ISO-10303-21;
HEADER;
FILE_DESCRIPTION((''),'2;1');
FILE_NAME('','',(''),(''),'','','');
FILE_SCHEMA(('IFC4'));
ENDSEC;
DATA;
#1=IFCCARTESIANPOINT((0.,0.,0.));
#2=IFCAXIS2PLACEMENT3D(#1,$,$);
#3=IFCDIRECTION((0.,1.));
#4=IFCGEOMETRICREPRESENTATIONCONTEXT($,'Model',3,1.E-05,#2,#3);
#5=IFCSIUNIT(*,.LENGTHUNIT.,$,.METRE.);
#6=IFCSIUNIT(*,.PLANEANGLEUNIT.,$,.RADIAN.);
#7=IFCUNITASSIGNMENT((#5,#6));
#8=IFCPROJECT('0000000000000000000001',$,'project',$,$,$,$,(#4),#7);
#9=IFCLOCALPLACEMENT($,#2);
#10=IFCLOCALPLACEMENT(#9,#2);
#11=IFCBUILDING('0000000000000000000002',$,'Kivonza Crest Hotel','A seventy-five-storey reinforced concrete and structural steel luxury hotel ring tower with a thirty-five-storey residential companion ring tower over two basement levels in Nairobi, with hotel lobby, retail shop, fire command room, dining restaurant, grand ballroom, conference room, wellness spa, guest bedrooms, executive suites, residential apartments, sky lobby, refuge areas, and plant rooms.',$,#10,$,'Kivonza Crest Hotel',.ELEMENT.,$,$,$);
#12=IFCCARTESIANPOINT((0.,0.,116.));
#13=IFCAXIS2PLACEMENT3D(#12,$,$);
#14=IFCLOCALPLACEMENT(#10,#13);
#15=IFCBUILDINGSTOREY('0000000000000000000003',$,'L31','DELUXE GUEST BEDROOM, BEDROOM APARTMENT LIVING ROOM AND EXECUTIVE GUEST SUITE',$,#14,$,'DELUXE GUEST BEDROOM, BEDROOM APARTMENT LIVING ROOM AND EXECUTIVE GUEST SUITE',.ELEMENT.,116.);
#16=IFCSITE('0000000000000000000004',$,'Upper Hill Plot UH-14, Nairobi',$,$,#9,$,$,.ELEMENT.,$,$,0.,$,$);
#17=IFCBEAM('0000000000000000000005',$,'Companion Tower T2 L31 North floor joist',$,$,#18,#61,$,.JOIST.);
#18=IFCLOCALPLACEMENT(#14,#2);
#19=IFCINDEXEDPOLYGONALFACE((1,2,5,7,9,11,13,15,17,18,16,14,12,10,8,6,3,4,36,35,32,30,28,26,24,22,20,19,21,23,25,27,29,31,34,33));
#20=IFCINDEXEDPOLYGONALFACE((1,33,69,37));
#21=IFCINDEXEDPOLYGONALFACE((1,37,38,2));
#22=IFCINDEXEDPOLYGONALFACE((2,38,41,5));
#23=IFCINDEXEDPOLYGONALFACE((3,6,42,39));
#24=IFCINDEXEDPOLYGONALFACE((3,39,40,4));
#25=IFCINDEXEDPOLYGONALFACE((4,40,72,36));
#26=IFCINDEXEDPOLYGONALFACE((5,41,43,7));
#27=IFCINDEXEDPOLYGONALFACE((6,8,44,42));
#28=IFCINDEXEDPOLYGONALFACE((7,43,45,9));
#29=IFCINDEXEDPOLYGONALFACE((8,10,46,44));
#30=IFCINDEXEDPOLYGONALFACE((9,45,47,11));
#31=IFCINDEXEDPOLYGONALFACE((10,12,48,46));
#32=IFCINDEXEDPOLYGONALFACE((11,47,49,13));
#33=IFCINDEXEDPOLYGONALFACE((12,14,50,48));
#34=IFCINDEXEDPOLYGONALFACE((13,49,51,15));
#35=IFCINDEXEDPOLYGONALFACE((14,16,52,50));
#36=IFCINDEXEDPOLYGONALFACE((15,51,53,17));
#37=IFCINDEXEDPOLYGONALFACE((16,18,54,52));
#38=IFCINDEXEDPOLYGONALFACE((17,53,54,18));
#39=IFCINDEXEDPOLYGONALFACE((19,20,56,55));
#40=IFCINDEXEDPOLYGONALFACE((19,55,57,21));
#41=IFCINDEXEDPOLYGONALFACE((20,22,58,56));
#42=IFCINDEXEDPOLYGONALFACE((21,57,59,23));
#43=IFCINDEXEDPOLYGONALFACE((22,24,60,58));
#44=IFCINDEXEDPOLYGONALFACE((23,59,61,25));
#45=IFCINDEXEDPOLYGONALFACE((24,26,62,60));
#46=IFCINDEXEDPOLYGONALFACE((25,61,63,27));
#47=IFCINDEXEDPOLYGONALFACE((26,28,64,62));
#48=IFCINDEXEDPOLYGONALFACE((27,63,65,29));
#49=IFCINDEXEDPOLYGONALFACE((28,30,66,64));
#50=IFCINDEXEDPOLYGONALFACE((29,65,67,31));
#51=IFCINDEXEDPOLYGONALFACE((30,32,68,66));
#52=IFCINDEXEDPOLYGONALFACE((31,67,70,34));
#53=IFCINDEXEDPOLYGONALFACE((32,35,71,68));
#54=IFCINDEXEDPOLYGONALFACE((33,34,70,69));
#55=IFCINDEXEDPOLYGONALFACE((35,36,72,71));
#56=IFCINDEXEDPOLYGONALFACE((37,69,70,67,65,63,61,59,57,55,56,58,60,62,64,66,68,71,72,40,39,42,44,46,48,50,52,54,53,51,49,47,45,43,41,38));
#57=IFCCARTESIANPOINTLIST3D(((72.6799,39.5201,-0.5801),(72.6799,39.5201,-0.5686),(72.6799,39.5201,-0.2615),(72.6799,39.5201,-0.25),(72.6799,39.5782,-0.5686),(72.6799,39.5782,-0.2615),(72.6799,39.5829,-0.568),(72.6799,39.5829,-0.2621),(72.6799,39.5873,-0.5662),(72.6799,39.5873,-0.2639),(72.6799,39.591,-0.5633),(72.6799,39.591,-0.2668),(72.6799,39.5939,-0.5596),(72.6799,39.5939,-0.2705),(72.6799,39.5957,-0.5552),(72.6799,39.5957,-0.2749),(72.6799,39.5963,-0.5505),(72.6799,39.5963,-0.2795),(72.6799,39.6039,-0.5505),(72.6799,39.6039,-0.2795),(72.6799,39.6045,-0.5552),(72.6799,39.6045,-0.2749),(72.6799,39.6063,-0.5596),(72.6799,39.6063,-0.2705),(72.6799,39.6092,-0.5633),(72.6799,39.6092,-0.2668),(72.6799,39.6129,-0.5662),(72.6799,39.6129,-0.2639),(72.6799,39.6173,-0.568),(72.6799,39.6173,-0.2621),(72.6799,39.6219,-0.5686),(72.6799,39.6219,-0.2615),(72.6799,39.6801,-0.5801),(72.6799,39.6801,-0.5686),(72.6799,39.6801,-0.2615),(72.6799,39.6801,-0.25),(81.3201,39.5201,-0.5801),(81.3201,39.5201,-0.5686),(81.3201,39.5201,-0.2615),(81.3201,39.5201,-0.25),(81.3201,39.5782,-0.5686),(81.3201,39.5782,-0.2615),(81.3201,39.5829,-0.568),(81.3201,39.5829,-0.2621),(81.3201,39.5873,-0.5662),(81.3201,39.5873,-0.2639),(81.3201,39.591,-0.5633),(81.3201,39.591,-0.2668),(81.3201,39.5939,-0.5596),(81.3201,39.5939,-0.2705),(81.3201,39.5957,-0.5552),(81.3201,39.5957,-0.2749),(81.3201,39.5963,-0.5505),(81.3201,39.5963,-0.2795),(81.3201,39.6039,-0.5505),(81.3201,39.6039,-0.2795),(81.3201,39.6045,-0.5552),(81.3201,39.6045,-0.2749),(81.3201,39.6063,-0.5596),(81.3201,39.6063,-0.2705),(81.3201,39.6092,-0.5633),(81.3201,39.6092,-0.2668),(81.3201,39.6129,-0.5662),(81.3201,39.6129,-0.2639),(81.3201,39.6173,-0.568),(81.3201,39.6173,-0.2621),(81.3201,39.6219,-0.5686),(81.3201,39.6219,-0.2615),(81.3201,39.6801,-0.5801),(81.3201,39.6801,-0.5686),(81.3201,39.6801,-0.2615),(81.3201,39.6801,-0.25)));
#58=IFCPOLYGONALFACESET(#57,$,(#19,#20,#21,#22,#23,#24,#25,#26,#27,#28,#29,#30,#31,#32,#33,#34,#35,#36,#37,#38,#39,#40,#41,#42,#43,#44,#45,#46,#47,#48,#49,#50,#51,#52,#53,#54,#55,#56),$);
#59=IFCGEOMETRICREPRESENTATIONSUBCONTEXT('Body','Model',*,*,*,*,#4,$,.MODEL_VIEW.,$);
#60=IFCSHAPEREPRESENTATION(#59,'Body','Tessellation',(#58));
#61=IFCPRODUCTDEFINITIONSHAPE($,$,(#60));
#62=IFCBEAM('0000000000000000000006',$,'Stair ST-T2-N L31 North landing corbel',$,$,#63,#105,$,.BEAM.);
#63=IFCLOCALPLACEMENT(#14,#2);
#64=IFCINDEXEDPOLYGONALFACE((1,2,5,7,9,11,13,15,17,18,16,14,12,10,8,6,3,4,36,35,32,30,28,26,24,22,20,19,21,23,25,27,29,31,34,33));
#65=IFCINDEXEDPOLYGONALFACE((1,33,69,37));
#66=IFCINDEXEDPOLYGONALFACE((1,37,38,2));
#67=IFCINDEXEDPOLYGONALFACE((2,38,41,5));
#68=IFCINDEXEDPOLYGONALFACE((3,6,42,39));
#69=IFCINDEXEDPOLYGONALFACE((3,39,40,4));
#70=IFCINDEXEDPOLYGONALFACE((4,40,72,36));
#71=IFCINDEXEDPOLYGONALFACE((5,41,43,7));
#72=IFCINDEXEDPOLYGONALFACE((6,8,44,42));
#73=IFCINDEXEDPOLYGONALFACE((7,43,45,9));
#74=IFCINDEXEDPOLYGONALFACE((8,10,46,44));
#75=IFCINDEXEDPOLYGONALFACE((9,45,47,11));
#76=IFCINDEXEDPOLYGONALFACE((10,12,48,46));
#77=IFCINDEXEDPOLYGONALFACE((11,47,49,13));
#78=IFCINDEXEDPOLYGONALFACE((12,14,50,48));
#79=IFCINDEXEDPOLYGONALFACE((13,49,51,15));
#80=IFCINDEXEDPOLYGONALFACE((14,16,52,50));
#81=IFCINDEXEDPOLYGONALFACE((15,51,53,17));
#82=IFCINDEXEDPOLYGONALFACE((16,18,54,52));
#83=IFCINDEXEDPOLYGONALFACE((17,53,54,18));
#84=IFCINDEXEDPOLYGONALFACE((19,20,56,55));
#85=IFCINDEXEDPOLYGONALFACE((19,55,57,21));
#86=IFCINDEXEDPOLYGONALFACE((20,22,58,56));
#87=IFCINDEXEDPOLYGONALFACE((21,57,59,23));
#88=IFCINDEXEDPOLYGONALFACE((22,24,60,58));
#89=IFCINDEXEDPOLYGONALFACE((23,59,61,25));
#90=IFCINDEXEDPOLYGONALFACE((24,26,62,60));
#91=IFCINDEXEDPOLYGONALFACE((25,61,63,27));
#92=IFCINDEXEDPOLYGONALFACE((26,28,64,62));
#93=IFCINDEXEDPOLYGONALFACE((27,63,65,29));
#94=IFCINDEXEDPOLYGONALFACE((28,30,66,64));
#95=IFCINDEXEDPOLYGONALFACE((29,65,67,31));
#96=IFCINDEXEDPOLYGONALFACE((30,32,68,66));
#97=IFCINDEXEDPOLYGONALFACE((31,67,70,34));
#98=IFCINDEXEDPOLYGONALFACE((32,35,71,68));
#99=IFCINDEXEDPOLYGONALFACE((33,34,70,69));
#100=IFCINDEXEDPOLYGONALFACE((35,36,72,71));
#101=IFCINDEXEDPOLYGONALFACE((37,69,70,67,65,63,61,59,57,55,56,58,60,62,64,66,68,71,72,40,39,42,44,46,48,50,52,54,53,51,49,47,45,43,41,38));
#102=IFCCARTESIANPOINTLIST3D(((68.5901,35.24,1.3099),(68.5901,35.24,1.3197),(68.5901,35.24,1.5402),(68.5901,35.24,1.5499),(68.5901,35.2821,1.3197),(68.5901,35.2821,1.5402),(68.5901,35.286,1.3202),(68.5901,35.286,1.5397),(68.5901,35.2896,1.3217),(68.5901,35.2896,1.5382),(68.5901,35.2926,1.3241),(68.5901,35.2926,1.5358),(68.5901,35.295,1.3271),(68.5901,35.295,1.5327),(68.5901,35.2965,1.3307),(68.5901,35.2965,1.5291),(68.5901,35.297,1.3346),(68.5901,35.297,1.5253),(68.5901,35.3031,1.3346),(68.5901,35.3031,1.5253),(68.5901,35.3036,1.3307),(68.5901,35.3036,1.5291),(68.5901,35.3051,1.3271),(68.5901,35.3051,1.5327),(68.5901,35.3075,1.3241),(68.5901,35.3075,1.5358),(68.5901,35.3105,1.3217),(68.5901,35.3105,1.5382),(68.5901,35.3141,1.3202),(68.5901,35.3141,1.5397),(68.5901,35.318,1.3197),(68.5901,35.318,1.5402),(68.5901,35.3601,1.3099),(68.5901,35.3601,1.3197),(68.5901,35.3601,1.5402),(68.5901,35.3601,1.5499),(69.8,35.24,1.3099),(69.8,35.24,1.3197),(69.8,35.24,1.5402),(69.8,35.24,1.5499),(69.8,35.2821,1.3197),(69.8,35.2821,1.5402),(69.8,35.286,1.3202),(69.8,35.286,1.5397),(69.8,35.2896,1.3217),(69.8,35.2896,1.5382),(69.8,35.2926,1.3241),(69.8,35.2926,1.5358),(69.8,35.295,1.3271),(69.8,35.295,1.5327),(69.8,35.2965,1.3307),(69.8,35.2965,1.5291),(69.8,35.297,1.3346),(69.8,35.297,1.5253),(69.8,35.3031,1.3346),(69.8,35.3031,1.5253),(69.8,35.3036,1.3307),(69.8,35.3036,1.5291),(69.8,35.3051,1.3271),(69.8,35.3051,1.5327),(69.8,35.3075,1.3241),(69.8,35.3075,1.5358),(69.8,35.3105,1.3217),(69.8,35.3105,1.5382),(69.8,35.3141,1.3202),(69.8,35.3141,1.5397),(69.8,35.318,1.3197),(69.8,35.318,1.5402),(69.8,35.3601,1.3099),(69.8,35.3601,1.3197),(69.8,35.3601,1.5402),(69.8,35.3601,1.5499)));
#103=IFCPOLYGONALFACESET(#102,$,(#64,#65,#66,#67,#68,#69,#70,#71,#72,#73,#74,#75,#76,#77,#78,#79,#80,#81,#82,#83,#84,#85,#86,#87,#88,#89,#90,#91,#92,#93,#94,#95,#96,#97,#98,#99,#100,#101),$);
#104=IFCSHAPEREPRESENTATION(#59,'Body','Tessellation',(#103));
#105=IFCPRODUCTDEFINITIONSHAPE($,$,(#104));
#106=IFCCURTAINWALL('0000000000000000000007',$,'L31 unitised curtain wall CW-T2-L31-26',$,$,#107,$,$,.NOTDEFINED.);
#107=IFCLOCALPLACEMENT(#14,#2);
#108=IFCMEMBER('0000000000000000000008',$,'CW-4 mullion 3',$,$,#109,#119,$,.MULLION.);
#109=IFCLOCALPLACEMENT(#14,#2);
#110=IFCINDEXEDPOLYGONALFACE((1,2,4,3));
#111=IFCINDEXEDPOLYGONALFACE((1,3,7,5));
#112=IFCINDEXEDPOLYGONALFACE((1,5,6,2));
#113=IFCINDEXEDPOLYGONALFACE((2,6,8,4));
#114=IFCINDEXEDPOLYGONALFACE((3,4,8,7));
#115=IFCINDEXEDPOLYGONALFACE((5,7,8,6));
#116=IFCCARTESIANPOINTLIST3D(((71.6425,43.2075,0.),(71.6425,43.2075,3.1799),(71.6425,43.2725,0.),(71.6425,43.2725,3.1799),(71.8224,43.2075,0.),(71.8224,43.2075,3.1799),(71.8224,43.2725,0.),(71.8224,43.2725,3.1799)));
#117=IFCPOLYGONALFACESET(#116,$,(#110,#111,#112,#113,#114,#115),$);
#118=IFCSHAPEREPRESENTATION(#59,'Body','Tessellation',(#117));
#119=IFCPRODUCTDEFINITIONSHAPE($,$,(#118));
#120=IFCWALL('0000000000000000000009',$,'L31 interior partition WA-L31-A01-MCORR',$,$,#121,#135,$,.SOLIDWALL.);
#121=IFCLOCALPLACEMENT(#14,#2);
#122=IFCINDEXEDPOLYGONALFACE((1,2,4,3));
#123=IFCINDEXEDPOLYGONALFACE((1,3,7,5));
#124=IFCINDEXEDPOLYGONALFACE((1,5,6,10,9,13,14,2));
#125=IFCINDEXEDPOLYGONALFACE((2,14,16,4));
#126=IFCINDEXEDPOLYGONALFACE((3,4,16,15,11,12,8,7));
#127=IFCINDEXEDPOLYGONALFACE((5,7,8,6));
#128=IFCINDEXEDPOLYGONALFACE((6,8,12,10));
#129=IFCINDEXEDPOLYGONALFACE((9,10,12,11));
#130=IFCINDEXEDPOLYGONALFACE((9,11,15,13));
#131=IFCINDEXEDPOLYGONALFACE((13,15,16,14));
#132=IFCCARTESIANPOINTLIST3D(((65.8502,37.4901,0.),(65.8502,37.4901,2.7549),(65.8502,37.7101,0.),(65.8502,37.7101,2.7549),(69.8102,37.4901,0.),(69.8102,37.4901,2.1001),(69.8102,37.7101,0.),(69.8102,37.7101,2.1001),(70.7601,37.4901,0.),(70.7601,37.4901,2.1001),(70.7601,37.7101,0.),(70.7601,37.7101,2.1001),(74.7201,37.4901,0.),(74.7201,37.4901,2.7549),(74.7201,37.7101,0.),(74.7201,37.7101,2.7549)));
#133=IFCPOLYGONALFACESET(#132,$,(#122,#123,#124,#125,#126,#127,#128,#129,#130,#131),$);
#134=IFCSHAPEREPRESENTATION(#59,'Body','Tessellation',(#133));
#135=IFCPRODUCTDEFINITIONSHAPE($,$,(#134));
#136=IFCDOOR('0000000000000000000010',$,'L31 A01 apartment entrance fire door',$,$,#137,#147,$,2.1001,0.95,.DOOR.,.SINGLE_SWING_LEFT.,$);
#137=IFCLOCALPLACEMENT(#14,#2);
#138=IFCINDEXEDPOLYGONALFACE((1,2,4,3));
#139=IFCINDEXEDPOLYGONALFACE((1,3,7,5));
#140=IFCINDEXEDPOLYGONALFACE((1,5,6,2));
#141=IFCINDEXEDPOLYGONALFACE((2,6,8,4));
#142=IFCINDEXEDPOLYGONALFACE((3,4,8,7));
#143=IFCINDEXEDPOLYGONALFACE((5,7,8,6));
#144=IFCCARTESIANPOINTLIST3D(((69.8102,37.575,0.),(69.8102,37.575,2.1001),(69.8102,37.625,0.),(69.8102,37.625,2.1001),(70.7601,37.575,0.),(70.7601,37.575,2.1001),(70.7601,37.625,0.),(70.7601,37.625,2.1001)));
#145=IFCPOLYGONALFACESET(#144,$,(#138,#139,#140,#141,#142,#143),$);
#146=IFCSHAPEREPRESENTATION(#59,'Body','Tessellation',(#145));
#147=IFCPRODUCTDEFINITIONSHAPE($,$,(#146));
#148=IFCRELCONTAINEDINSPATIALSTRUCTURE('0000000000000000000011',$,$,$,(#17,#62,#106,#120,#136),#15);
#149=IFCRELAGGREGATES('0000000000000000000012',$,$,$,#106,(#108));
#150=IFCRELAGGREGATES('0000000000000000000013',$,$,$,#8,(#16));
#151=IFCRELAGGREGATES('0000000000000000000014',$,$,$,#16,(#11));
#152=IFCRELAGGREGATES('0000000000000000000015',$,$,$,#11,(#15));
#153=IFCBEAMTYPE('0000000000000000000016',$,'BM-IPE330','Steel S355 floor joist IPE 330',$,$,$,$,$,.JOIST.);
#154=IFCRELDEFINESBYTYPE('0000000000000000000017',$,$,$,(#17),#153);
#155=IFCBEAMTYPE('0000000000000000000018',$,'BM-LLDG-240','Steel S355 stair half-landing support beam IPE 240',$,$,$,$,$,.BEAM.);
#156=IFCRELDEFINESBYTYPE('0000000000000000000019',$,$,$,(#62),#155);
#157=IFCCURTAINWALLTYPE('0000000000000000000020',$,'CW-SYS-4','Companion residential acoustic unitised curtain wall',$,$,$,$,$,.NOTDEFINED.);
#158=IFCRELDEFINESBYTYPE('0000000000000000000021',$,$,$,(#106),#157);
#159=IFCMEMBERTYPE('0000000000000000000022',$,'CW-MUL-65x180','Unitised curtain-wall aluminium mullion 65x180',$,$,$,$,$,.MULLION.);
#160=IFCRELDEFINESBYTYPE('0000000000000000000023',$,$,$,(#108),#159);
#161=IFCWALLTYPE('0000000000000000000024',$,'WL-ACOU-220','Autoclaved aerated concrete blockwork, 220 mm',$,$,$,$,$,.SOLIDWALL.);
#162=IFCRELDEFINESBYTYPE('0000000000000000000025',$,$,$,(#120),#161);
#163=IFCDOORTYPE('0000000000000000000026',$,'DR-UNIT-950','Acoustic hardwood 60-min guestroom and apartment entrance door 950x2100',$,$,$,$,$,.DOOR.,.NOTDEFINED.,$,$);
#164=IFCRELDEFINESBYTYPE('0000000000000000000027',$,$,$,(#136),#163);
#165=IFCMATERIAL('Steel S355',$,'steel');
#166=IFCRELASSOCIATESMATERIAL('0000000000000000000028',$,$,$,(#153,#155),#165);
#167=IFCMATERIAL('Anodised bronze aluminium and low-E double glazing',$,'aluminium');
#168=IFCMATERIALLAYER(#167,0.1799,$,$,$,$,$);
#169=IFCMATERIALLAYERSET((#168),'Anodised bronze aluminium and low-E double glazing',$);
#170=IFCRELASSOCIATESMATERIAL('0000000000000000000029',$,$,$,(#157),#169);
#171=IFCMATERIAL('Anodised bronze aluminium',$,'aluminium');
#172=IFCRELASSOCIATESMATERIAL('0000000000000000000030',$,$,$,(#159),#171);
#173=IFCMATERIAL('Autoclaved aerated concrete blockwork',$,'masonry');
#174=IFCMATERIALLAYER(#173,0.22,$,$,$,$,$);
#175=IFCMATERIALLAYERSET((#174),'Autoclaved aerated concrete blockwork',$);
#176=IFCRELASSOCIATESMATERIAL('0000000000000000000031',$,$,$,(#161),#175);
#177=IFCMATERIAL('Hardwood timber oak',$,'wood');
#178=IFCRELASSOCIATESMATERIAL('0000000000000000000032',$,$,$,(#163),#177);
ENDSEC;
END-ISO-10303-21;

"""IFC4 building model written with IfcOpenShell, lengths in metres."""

from ifc_helpers import new_model, si_unit, direction, frame, frame_2d, origin, origin_2d, place, context, subcontext, project, spatial, rectangle, i_section, extrude, material, layer, layer_set, material_profile, profile_set, type_object, element, fill, aggregate, save


model = new_model("IFC4")

# Units and contexts
model_context = context("Model", 3, precision=1e-05, world=origin(), true_north=direction((0.0, 1.0)))
body_context = subcontext(model_context, "Body", "Model", "MODEL_VIEW")
ifc_project = project(units=[si_unit("LENGTHUNIT", "METRE"), si_unit("PLANEANGLEUNIT", "RADIAN")], contexts=[model_context])

# Site, building, storey
site_placement = place(None, origin())
site = spatial("IfcSite", under=ifc_project, at=site_placement, Name="Upper Hill Plot UH-14, Nairobi", CompositionType="ELEMENT", RefElevation=0.0)
building_placement = place(site_placement, origin())
building = spatial("IfcBuilding", under=site, at=building_placement, Name="Kivonza Crest Hotel", Description="A seventy-five-storey reinforced concrete and structural steel luxury hotel ring tower with a thirty-five-storey residential companion ring tower over two basement levels in Nairobi, with hotel lobby, retail shop, fire command room, dining restaurant, grand ballroom, conference room, wellness spa, guest bedrooms, executive suites, residential apartments, sky lobby, refuge areas, and plant rooms.", LongName="Kivonza Crest Hotel", CompositionType="ELEMENT")
storey_placement = place(building_placement, frame((0.0, 0.0, 116.0)))
storey = spatial("IfcBuildingStorey", under=building, at=storey_placement, Name="L31", Description="DELUXE GUEST BEDROOM, BEDROOM APARTMENT LIVING ROOM AND EXECUTIVE GUEST SUITE", LongName="DELUXE GUEST BEDROOM, BEDROOM APARTMENT LIVING ROOM AND EXECUTIVE GUEST SUITE", CompositionType="ELEMENT", Elevation=116.0)

# Beams
ifc_material_1 = material(Name="Steel S355", Category="steel")
ifc_material_profile_1 = material_profile(ifc_material_1, i_section(OverallWidth=0.1599, OverallDepth=0.3301, WebThickness=0.0076, FlangeThickness=0.0115, FilletRadius=0.0181, at=origin_2d()), Name="IPE 330")
ifc_profile_set_1 = profile_set([ifc_material_profile_1], Name="Steel S355")
beam_type_1 = type_object("IfcBeamType", Name="BM-IPE330", Description="Steel S355 floor joist IPE 330", PredefinedType="JOIST", material=ifc_profile_set_1)
beam_1_placement = place(storey_placement, frame((72.6799, 39.6001, -0.415), z_axis=(1.0, 0.0, 0.0), x_axis=(0.0, 1.0, 0.0)))
element("IfcBeam", 1, at=beam_1_placement, inside=storey, type_object=beam_type_1, Name="Companion Tower T2 L31 North floor joist", PredefinedType="JOIST", context=body_context, shape_type="SweptSolid", body=[
    extrude(i_section(OverallWidth=0.1599, OverallDepth=0.3301, WebThickness=0.0076, FlangeThickness=0.0115, FilletRadius=0.0181, at=origin_2d()), origin(), (0.0, 0.0, 1.0), 8.6401),
])
ifc_material_profile_2 = material_profile(ifc_material_1, i_section(OverallWidth=0.1201, OverallDepth=0.24, WebThickness=0.0061, FlangeThickness=0.0098, FilletRadius=0.0149, at=origin_2d()), Name="IPE 240")
ifc_profile_set_2 = profile_set([ifc_material_profile_2], Name="Steel S355")
beam_type_2 = type_object("IfcBeamType", Name="BM-LLDG-240", Description="Steel S355 stair half-landing support beam IPE 240", PredefinedType="BEAM", material=ifc_profile_set_2)
beam_2_placement = place(storey_placement, frame((68.5901, 35.3, 1.4299), z_axis=(1.0, 0.0, 0.0), x_axis=(0.0, 1.0, 0.0)))
element("IfcBeam", 2, at=beam_2_placement, inside=storey, type_object=beam_type_2, Name="Stair ST-T2-N L31 North landing corbel", PredefinedType="BEAM", context=body_context, shape_type="SweptSolid", body=[
    extrude(i_section(OverallWidth=0.1201, OverallDepth=0.24, WebThickness=0.0061, FlangeThickness=0.0098, FilletRadius=0.0149, at=origin_2d()), origin(), (0.0, 0.0, 1.0), 1.21),
])

# Curtain wall, member
ifc_material_2 = material(Name="Anodised bronze aluminium and low-E double glazing", Category="aluminium")
ifc_layer_1 = layer(ifc_material_2, 0.1799)
ifc_layer_set_1 = layer_set([ifc_layer_1], Name="Anodised bronze aluminium and low-E double glazing")
curtain_wall_type = type_object("IfcCurtainWallType", Name="CW-SYS-4", Description="Companion residential acoustic unitised curtain wall", PredefinedType="NOTDEFINED", material=ifc_layer_set_1)
curtain_wall_placement = place(storey_placement, origin())
curtain_wall = element("IfcCurtainWall", 3, at=curtain_wall_placement, inside=storey, type_object=curtain_wall_type, Name="L31 unitised curtain wall CW-T2-L31-26", PredefinedType="NOTDEFINED")
ifc_material_3 = material(Name="Anodised bronze aluminium", Category="aluminium")
ifc_material_profile_3 = material_profile(ifc_material_3, rectangle(XDim=0.0649, YDim=0.1799, at=origin_2d()), Name="CW-M 65x180")
ifc_profile_set_3 = profile_set([ifc_material_profile_3], Name="Anodised bronze aluminium")
member_type = type_object("IfcMemberType", Name="CW-MUL-65x180", Description="Unitised curtain-wall aluminium mullion 65x180", PredefinedType="MULLION", material=ifc_profile_set_3)
member_placement = place(storey_placement, frame((71.7324, 43.24, 0.0), z_axis=(0.0, 0.0, 1.0), x_axis=(0.0, -1.0, 0.0)))
member = element("IfcMember", 4, at=member_placement, type_object=member_type, Name="CW-4 mullion 3", PredefinedType="MULLION", context=body_context, shape_type="SweptSolid", body=[
    extrude(rectangle(XDim=0.0649, YDim=0.1799, at=origin_2d()), origin(), (0.0, 0.0, 1.0), 3.1799),
])
aggregate(curtain_wall, [member])

# Wall, opening, door
ifc_material_4 = material(Name="Autoclaved aerated concrete blockwork", Category="masonry")
ifc_layer_2 = layer(ifc_material_4, 0.22)
ifc_layer_set_2 = layer_set([ifc_layer_2], Name="Autoclaved aerated concrete blockwork")
wall_type_1 = type_object("IfcWallType", Name="WL-ACOU-220", Description="Autoclaved aerated concrete blockwork, 220 mm", PredefinedType="SOLIDWALL", material=ifc_layer_set_2)
wall_1_placement = place(storey_placement, frame((65.8501, 37.6001, 0.0), z_axis=(0.0, 0.0, 1.0), x_axis=(1.0, 0.0, 0.0)))
wall_1 = element("IfcWall", 5, at=wall_1_placement, inside=storey, type_object=wall_type_1, Name="L31 interior partition WA-L31-A01-MCORR", PredefinedType="SOLIDWALL", context=body_context, shape_type="SweptSolid", body=[
    extrude(rectangle(XDim=8.8699, YDim=0.22, at=frame_2d((4.4351, 0.0))), origin(), (0.0, 0.0, 1.0), 2.7549),
])
opening_1_placement = place(wall_1_placement, frame((3.96, 0.0, 0.0)))
opening_1 = element("IfcOpeningElement", 6, at=opening_1_placement, cuts=wall_1, PredefinedType="OPENING", context=body_context, shape_type="SweptSolid", body=[
    extrude(rectangle(XDim=0.95, YDim=2.1001, at=frame_2d((0.4751, 1.05))), frame((0.0, 0.1201, 0.0), z_axis=(0.0, -1.0, 0.0), x_axis=(1.0, 0.0, 0.0)), (0.0, 0.0, 1.0), 0.24),
])
ifc_material_5 = material(Name="Hardwood timber oak", Category="wood")
door_type_1 = type_object("IfcDoorType", Name="DR-UNIT-950", Description="Acoustic hardwood 60-min guestroom and apartment entrance door 950x2100", OperationType="NOTDEFINED", PredefinedType="DOOR", material=ifc_material_5)
door_1_placement = place(opening_1_placement, origin())
door_1 = element("IfcDoor", 7, at=door_1_placement, inside=storey, type_object=door_type_1, Name="L31 A01 apartment entrance fire door", OperationType="SINGLE_SWING_LEFT", OverallHeight=2.1001, OverallWidth=0.95, PredefinedType="DOOR", context=body_context, shape_type="SweptSolid", body=[
    extrude(rectangle(XDim=0.95, YDim=2.1001, at=frame_2d((0.4751, 1.05))), frame((0.0, 0.0249, 0.0), z_axis=(0.0, -1.0, 0.0), x_axis=(1.0, 0.0, 0.0)), (0.0, 0.0, 1.0), 0.05),
])
fill(opening_1, door_1)

save(model, "model.ifc")
